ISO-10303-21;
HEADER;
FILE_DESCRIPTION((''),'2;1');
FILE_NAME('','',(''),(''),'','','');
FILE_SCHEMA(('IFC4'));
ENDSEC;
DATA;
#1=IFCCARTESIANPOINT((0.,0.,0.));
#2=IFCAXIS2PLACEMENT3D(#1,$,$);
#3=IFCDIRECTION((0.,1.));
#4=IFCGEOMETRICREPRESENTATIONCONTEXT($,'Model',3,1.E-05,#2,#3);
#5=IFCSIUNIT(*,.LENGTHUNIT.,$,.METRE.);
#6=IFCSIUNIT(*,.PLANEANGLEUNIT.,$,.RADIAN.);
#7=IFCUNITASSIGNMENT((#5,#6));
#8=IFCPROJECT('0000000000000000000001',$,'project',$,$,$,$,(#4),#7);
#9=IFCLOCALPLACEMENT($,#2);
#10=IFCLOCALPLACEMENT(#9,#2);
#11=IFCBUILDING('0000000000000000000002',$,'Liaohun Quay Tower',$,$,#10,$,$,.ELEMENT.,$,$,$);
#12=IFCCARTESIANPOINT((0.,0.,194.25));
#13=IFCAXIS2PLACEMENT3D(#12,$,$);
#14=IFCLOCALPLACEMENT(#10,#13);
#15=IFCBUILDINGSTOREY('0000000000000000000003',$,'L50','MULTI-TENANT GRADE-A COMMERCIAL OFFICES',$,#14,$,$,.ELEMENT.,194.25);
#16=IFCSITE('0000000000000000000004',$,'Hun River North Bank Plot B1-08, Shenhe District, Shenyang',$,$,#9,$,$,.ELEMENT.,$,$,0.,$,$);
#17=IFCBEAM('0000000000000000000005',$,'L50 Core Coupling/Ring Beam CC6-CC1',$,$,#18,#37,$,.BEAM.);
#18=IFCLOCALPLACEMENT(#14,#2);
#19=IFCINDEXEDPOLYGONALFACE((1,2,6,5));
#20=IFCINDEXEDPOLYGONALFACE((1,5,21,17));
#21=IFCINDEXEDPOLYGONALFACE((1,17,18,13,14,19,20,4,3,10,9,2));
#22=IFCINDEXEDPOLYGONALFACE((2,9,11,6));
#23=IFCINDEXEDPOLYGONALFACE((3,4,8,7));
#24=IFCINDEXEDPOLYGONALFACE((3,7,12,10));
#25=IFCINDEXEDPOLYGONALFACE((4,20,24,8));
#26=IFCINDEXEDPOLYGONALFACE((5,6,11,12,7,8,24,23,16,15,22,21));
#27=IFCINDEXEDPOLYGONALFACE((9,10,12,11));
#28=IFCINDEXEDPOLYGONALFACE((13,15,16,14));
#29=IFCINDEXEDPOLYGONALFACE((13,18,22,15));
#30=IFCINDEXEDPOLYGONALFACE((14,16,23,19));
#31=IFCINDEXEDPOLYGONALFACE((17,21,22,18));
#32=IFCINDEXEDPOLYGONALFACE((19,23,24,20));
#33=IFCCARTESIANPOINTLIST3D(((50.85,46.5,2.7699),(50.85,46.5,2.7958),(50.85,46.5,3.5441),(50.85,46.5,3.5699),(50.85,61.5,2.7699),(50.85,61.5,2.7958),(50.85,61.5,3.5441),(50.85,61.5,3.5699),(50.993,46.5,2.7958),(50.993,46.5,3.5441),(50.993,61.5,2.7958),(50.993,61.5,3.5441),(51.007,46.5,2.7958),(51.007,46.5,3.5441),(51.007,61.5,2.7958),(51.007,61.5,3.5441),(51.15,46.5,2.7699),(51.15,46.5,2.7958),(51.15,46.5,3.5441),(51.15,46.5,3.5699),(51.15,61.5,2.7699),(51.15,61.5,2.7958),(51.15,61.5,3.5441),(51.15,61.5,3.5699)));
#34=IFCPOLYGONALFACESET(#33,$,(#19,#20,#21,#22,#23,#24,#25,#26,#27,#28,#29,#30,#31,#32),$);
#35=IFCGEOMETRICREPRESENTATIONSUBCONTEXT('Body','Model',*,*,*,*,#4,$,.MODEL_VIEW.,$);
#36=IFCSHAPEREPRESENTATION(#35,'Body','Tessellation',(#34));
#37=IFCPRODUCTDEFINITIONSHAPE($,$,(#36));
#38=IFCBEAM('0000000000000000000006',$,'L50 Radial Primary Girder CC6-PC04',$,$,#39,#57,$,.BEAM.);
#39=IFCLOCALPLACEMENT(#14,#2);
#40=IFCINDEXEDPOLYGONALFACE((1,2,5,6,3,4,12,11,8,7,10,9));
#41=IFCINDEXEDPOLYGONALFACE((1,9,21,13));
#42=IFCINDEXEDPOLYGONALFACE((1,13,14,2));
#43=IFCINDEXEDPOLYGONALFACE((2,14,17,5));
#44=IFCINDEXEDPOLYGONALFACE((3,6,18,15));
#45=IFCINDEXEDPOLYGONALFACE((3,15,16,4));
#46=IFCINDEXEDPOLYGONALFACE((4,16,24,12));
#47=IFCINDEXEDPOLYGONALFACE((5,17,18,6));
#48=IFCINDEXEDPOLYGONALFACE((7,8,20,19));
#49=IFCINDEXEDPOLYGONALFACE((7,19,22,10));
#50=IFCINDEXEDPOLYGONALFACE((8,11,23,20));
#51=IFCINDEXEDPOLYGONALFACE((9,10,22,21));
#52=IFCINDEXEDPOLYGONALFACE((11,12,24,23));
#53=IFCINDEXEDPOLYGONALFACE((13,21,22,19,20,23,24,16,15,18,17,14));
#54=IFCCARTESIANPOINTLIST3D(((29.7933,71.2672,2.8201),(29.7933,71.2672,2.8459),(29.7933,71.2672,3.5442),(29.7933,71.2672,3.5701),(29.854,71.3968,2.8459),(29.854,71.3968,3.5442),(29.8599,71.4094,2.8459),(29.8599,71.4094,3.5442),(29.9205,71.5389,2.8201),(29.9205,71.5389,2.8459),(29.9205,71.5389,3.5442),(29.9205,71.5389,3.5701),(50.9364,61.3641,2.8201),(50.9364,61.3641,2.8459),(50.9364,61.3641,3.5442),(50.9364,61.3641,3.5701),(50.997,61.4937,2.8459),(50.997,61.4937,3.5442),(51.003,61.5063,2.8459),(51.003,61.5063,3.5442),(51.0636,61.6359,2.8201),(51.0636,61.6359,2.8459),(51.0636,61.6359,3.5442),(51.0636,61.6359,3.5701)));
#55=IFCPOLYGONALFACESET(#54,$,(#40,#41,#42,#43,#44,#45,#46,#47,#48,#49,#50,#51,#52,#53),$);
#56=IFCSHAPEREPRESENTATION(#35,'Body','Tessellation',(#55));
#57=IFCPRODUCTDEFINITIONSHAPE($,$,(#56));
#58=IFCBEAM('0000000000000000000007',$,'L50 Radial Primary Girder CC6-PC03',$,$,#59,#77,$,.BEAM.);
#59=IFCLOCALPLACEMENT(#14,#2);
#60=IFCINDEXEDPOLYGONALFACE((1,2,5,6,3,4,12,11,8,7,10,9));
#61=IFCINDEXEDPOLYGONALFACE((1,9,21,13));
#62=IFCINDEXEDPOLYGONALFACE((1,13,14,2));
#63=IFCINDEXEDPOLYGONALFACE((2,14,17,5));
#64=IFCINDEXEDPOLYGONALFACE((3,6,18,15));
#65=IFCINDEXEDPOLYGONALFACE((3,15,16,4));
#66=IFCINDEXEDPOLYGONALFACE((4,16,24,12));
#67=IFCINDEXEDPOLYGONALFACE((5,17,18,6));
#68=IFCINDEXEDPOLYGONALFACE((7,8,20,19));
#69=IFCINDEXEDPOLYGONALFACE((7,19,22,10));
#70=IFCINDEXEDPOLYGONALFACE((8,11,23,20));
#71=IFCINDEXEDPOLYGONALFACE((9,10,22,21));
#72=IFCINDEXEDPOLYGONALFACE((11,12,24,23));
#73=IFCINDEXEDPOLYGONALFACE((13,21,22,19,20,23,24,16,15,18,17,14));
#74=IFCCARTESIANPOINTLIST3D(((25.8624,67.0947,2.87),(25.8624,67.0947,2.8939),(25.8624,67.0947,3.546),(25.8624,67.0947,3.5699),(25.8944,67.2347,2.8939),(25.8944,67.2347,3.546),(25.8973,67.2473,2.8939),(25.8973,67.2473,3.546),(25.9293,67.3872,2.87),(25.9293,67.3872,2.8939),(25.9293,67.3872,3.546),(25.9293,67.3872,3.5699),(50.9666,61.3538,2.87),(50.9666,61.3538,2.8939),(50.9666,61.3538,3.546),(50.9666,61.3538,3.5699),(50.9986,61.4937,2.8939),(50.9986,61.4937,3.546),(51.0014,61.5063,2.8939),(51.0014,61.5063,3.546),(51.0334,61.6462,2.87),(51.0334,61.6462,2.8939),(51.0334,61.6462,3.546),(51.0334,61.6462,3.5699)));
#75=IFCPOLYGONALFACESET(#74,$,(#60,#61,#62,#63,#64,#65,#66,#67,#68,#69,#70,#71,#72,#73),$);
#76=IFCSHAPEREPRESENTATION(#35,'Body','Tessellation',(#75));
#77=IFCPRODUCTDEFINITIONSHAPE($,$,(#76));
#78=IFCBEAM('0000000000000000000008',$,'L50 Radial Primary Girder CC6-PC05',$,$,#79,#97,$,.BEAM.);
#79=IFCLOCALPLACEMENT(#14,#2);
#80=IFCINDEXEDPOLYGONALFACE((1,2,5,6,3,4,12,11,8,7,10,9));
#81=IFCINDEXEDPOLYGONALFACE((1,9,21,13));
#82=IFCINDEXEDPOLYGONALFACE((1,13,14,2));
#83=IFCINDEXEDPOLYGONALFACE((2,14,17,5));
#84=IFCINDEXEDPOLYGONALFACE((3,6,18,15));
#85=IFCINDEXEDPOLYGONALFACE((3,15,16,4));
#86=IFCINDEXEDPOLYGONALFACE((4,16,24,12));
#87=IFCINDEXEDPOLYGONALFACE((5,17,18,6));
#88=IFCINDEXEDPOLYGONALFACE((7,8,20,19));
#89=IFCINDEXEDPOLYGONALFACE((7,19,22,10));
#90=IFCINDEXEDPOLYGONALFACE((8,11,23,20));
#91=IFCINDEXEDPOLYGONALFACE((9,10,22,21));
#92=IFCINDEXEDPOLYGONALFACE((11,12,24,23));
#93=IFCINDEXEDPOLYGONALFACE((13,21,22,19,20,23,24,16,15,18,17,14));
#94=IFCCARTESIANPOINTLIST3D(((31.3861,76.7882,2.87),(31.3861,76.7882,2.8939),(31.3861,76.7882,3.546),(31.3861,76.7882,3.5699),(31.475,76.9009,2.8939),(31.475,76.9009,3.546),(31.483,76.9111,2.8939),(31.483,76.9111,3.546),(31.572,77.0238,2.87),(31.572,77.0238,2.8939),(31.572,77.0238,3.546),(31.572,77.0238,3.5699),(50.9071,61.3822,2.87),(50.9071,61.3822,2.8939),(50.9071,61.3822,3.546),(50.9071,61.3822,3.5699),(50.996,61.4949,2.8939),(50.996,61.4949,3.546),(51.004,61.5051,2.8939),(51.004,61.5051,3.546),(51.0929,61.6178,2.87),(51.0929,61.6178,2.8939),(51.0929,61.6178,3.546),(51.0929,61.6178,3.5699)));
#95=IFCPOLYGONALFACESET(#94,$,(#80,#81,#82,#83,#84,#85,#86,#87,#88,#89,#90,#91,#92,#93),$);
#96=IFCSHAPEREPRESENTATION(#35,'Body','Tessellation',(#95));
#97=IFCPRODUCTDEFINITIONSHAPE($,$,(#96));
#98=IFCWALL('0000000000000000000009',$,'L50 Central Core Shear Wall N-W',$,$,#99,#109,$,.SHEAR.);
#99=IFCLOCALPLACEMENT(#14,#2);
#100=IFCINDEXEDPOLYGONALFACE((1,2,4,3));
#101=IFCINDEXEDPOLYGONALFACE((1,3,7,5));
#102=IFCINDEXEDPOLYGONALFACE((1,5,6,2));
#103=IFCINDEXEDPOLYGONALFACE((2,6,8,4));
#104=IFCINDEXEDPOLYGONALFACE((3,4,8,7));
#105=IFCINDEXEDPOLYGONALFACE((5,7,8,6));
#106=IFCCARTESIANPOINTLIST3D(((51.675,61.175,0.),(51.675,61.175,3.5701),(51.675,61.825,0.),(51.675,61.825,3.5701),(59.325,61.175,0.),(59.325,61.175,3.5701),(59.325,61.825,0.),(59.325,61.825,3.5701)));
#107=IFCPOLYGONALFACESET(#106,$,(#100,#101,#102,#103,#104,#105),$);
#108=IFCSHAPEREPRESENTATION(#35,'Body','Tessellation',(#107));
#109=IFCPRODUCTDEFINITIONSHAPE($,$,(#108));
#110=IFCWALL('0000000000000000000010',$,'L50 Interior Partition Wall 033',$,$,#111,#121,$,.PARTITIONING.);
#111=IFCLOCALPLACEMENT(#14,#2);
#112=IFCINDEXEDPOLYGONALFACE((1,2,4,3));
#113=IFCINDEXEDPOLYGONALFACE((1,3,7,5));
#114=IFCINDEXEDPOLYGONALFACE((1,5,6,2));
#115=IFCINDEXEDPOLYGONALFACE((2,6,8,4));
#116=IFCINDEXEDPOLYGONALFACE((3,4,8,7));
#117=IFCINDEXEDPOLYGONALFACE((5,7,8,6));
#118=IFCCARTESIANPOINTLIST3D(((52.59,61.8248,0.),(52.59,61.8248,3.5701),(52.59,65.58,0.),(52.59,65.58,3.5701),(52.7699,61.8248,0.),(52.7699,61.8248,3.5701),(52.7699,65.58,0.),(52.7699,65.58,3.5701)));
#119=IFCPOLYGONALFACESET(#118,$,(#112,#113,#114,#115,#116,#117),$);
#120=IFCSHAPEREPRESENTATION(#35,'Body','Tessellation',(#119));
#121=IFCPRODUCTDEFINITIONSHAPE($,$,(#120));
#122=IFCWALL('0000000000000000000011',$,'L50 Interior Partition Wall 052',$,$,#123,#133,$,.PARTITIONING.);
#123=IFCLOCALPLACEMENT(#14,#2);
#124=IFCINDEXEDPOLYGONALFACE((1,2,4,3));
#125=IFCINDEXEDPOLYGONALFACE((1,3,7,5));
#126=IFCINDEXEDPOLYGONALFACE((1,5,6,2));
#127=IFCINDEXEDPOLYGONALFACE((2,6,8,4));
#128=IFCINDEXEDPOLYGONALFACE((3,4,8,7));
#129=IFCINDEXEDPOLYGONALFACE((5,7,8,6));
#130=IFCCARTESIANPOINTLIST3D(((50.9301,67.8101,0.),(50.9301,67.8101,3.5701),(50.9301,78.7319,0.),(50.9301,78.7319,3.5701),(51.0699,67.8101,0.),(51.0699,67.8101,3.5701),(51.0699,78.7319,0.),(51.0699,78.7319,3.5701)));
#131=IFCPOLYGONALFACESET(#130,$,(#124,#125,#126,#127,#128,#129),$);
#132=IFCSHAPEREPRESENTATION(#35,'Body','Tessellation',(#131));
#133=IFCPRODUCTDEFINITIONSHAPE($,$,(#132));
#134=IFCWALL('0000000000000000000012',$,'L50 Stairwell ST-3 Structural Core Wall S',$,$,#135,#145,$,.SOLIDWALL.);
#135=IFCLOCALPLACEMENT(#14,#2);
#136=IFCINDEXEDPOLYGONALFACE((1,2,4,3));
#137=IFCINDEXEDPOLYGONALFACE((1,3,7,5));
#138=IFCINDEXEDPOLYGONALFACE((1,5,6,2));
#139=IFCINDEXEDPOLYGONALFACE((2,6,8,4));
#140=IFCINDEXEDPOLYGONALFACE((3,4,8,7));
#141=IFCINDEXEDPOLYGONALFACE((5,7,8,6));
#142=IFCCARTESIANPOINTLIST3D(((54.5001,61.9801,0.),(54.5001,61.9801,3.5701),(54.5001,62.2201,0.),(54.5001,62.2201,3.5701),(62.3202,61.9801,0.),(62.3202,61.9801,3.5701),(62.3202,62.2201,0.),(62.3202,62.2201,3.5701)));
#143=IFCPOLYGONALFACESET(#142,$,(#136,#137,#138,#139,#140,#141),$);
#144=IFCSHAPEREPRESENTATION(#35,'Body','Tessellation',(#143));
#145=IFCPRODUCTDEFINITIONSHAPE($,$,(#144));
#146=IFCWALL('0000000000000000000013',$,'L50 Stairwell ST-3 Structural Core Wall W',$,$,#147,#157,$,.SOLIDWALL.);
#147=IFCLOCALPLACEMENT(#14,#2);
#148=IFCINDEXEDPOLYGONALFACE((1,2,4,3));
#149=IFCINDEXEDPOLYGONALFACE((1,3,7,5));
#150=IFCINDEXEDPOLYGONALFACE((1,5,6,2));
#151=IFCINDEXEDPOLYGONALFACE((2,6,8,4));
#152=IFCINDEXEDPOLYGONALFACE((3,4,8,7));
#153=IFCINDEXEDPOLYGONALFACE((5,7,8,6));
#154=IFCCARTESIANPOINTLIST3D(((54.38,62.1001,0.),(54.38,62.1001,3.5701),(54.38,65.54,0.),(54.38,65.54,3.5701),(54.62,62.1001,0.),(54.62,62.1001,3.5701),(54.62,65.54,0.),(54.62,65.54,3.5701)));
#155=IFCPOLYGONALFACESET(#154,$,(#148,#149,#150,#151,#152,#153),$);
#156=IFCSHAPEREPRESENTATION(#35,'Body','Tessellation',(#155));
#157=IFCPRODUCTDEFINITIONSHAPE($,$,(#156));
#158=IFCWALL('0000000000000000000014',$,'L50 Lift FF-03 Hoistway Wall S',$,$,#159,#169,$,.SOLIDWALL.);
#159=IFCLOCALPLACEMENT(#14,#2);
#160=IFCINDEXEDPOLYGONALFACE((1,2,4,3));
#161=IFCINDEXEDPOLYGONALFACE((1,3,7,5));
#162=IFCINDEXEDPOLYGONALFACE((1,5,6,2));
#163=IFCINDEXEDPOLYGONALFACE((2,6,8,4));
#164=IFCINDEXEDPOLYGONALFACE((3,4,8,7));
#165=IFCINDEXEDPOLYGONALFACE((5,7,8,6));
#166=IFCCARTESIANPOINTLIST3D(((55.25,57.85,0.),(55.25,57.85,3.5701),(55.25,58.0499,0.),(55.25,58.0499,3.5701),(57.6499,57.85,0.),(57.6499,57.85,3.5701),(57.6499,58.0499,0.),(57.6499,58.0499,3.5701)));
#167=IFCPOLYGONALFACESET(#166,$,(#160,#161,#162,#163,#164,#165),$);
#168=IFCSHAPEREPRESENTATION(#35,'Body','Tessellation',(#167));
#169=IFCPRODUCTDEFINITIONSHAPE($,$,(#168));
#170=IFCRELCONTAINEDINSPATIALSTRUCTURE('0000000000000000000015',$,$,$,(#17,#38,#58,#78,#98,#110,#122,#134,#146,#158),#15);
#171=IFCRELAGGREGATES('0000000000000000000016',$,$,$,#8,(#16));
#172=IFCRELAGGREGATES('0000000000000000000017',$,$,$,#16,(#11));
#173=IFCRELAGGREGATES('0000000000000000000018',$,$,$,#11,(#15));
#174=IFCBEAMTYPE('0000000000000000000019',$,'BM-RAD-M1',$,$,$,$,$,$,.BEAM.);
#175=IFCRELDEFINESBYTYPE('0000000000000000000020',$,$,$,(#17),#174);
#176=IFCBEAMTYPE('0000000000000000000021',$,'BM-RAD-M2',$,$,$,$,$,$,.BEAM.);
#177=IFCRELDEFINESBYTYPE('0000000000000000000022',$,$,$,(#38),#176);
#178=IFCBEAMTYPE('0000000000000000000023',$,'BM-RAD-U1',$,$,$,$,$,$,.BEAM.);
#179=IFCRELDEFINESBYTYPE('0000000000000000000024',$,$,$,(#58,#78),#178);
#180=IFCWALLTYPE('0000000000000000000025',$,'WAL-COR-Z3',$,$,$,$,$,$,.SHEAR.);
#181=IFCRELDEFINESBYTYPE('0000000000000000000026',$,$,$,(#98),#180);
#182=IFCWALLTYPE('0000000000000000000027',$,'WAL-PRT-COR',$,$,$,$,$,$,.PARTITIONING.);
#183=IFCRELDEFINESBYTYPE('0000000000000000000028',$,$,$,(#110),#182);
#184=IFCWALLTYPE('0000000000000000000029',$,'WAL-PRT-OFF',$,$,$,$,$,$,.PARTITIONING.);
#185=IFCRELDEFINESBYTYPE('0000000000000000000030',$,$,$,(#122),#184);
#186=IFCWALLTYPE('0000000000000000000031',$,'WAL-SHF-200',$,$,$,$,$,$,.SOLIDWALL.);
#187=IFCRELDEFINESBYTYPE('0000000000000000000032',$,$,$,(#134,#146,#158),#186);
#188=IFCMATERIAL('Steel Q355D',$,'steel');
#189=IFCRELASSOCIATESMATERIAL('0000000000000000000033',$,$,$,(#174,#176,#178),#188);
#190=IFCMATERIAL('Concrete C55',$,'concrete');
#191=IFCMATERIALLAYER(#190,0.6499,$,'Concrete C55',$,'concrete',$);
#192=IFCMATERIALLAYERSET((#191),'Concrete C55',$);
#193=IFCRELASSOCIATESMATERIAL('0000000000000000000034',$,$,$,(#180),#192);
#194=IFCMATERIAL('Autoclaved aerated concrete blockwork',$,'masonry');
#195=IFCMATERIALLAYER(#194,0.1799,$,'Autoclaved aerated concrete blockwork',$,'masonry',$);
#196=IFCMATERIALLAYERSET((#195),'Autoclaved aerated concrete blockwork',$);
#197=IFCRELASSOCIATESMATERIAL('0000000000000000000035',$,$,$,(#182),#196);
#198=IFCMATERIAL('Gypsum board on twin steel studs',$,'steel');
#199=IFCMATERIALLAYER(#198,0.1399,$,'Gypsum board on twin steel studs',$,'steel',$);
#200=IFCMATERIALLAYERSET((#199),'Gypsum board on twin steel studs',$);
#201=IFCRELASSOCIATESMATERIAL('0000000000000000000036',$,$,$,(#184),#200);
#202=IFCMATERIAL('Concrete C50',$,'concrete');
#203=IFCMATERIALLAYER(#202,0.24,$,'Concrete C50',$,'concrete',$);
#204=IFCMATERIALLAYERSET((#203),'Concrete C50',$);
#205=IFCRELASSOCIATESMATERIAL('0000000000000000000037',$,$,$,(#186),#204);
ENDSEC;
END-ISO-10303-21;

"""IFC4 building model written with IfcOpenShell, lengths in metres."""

from ifc_helpers import new_model, si_unit, direction, frame, frame_2d, origin, origin_2d, place, context, subcontext, project, spatial, rectangle, i_section, extrude, source, transform, mapped, material, layer, layer_set, material_profile, profile_set, type_object, element, save


model = new_model("IFC4")

# Units and contexts
model_context = context("Model", 3, precision=1e-05, world=origin(), true_north=direction((0.0, 1.0)))
body_context = subcontext(model_context, "Body", "Model", "MODEL_VIEW")
ifc_project = project(units=[si_unit("LENGTHUNIT", "METRE"), si_unit("PLANEANGLEUNIT", "RADIAN")], contexts=[model_context])

# Site, building, storey
site_placement = place(None, origin())
site = spatial("IfcSite", under=ifc_project, at=site_placement, Name="Hun River North Bank Plot B1-08, Shenhe District, Shenyang", CompositionType="ELEMENT", RefElevation=0.0)
building_placement = place(site_placement, origin())
building = spatial("IfcBuilding", under=site, at=building_placement, Name="Liaohun Quay Tower", CompositionType="ELEMENT")
storey_placement = place(building_placement, frame((0.0, 0.0, 194.25)))
storey = spatial("IfcBuildingStorey", under=building, at=storey_placement, Name="L50", Description="MULTI-TENANT GRADE-A COMMERCIAL OFFICES", CompositionType="ELEMENT", Elevation=194.25)

# Beams
ifc_material_1 = material(Name="Steel Q355D", Category="steel")
ifc_material_profile_1 = material_profile(ifc_material_1, i_section(OverallWidth=0.3, OverallDepth=0.8, WebThickness=0.0139, FlangeThickness=0.0259, at=origin_2d()), Name="HN800x300x14x26")
ifc_profile_set_1 = profile_set([ifc_material_profile_1], Name="Steel Q355D")
beam_type_1 = type_object("IfcBeamType", Name="BM-RAD-M1", PredefinedType="BEAM", material=ifc_profile_set_1)
shared_shape_1 = source(origin(), body_context, "Body", "SweptSolid", [
    extrude(i_section(OverallWidth=0.3, OverallDepth=0.8, WebThickness=0.0139, FlangeThickness=0.0259, at=origin_2d()), origin(), (0.0, 0.0, 1.0), 15.0),
])
beam_1_placement = place(storey_placement, frame((51.0, 61.5, 3.1699), z_axis=(0.0, -1.0, 0.0), x_axis=(1.0, 0.0, 0.0)))
element("IfcBeam", 1, at=beam_1_placement, inside=storey, type_object=beam_type_1, Name="L50 Core Coupling/Ring Beam CC6-CC1", PredefinedType="BEAM", context=body_context, shape_type="MappedRepresentation", body=[
    mapped(shared_shape_1, transform((0.0, 0.0, 0.0), x_axis=(1.0, 0.0, 0.0), y_axis=(0.0, 1.0, 0.0), z_axis=(0.0, 0.0, 1.0), scale=1.0)),
])
ifc_material_profile_2 = material_profile(ifc_material_1, i_section(OverallWidth=0.3, OverallDepth=0.75, WebThickness=0.0139, FlangeThickness=0.0259, at=origin_2d()), Name="HN750x300x14x26")
ifc_profile_set_2 = profile_set([ifc_material_profile_2], Name="Steel Q355D")
beam_type_2 = type_object("IfcBeamType", Name="BM-RAD-M2", PredefinedType="BEAM", material=ifc_profile_set_2)
shared_shape_2 = source(origin(), body_context, "Body", "SweptSolid", [
    extrude(i_section(OverallWidth=0.3, OverallDepth=0.75, WebThickness=0.0139, FlangeThickness=0.0259, at=origin_2d()), origin(), (0.0, 0.0, 1.0), 23.3474),
])
beam_2_placement = place(storey_placement, frame((51.0, 61.5, 3.1951), z_axis=(-0.905586, 0.424162, 0.0), x_axis=(-0.424162, -0.905586, 0.0)))
element("IfcBeam", 2, at=beam_2_placement, inside=storey, type_object=beam_type_2, Name="L50 Radial Primary Girder CC6-PC04", PredefinedType="BEAM", context=body_context, shape_type="MappedRepresentation", body=[
    mapped(shared_shape_2, transform((0.0, 0.0, 0.0), x_axis=(1.0, 0.0, 0.0), y_axis=(0.0, 1.0, 0.0), z_axis=(0.0, 0.0, 1.0), scale=1.0)),
])
ifc_material_profile_3 = material_profile(ifc_material_1, i_section(OverallWidth=0.3, OverallDepth=0.7, WebThickness=0.0129, FlangeThickness=0.0239, at=origin_2d()), Name="HN700x300x13x24")
ifc_profile_set_3 = profile_set([ifc_material_profile_3], Name="Steel Q355D")
beam_type_3 = type_object("IfcBeamType", Name="BM-RAD-U1", PredefinedType="BEAM", material=ifc_profile_set_3)
shared_shape_3 = source(origin(), body_context, "Body", "SweptSolid", [
    extrude(i_section(OverallWidth=0.3, OverallDepth=0.7, WebThickness=0.0129, FlangeThickness=0.0239, at=origin_2d()), origin(), (0.0, 0.0, 1.0), 25.7522),
])
beam_3_placement = place(storey_placement, frame((51.0, 61.5, 3.22), z_axis=(-0.974834, 0.222932, 0.0), x_axis=(-0.222932, -0.974834, 0.0)))
element("IfcBeam", 3, at=beam_3_placement, inside=storey, type_object=beam_type_3, Name="L50 Radial Primary Girder CC6-PC03", PredefinedType="BEAM", context=body_context, shape_type="MappedRepresentation", body=[
    mapped(shared_shape_3, transform((0.0, 0.0, 0.0), x_axis=(1.0, 0.0, 0.0), y_axis=(0.0, 1.0, 0.0), z_axis=(0.0, 0.0, 1.0), scale=1.0)),
])
shared_shape_4 = source(origin(), body_context, "Body", "SweptSolid", [
    extrude(i_section(OverallWidth=0.3, OverallDepth=0.7, WebThickness=0.0129, FlangeThickness=0.0239, at=origin_2d()), origin(), (0.0, 0.0, 1.0), 24.8679),
])
beam_4_placement = place(storey_placement, frame((51.0, 61.5, 3.22), z_axis=(-0.784987, 0.619513, 0.0), x_axis=(-0.619513, -0.784987, 0.0)))
element("IfcBeam", 4, at=beam_4_placement, inside=storey, type_object=beam_type_3, Name="L50 Radial Primary Girder CC6-PC05", PredefinedType="BEAM", context=body_context, shape_type="MappedRepresentation", body=[
    mapped(shared_shape_4, transform((0.0, 0.0, 0.0), x_axis=(1.0, 0.0, 0.0), y_axis=(0.0, 1.0, 0.0), z_axis=(0.0, 0.0, 1.0), scale=1.0)),
])

# Walls
ifc_material_2 = material(Name="Concrete C55", Category="concrete")
ifc_layer_1 = layer(ifc_material_2, 0.6499, Name="Concrete C55", Category="concrete")
ifc_layer_set_1 = layer_set([ifc_layer_1], Name="Concrete C55")
wall_type_1 = type_object("IfcWallType", Name="WAL-COR-Z3", PredefinedType="SHEAR", material=ifc_layer_set_1)
wall_1_placement = place(storey_placement, frame((51.675, 61.5, 0.0), z_axis=(0.0, 0.0, 1.0), x_axis=(1.0, 0.0, 0.0)))
element("IfcWall", 5, at=wall_1_placement, inside=storey, type_object=wall_type_1, Name="L50 Central Core Shear Wall N-W", PredefinedType="SHEAR", context=body_context, shape_type="SweptSolid", body=[
    extrude(rectangle(XDim=7.6499, YDim=0.6499, at=frame_2d((3.825, 0.0))), origin(), (0.0, 0.0, 1.0), 3.5701),
])
ifc_material_3 = material(Name="Autoclaved aerated concrete blockwork", Category="masonry")
ifc_layer_2 = layer(ifc_material_3, 0.1799, Name="Autoclaved aerated concrete blockwork", Category="masonry")
ifc_layer_set_2 = layer_set([ifc_layer_2], Name="Autoclaved aerated concrete blockwork")
wall_type_2 = type_object("IfcWallType", Name="WAL-PRT-COR", PredefinedType="PARTITIONING", material=ifc_layer_set_2)
wall_2_placement = place(storey_placement, frame((52.6799, 61.825, 0.0), z_axis=(0.0, 0.0, 1.0), x_axis=(0.0, 1.0, 0.0)))
element("IfcWall", 6, at=wall_2_placement, inside=storey, type_object=wall_type_2, Name="L50 Interior Partition Wall 033", PredefinedType="PARTITIONING", context=body_context, shape_type="SweptSolid", body=[
    extrude(rectangle(XDim=3.7551, YDim=0.1799, at=frame_2d((1.8774, 0.0))), origin(), (0.0, 0.0, 1.0), 3.5701),
])
ifc_material_4 = material(Name="Gypsum board on twin steel studs", Category="steel")
ifc_layer_3 = layer(ifc_material_4, 0.1399, Name="Gypsum board on twin steel studs", Category="steel")
ifc_layer_set_3 = layer_set([ifc_layer_3], Name="Gypsum board on twin steel studs")
wall_type_3 = type_object("IfcWallType", Name="WAL-PRT-OFF", PredefinedType="PARTITIONING", material=ifc_layer_set_3)
wall_3_placement = place(storey_placement, frame((51.0, 67.8101, 0.0), z_axis=(0.0, 0.0, 1.0), x_axis=(0.0, 1.0, 0.0)))
element("IfcWall", 7, at=wall_3_placement, inside=storey, type_object=wall_type_3, Name="L50 Interior Partition Wall 052", PredefinedType="PARTITIONING", context=body_context, shape_type="SweptSolid", body=[
    extrude(rectangle(XDim=10.9219, YDim=0.1399, at=frame_2d((5.4609, 0.0))), origin(), (0.0, 0.0, 1.0), 3.5701),
])
ifc_material_5 = material(Name="Concrete C50", Category="concrete")
ifc_layer_4 = layer(ifc_material_5, 0.24, Name="Concrete C50", Category="concrete")
ifc_layer_set_4 = layer_set([ifc_layer_4], Name="Concrete C50")
wall_type_4 = type_object("IfcWallType", Name="WAL-SHF-200", PredefinedType="SOLIDWALL", material=ifc_layer_set_4)
wall_4_placement = place(storey_placement, frame((54.5, 62.1001, 0.0), z_axis=(0.0, 0.0, 1.0), x_axis=(1.0, 0.0, 0.0)))
element("IfcWall", 8, at=wall_4_placement, inside=storey, type_object=wall_type_4, Name="L50 Stairwell ST-3 Structural Core Wall S", PredefinedType="SOLIDWALL", context=body_context, shape_type="SweptSolid", body=[
    extrude(rectangle(XDim=7.8201, YDim=0.24, at=frame_2d((3.9102, 0.0))), origin(), (0.0, 0.0, 1.0), 3.5701),
])
wall_5_placement = place(storey_placement, frame((54.5, 65.54, 0.0), z_axis=(0.0, 0.0, 1.0), x_axis=(0.0, -1.0, 0.0)))
element("IfcWall", 9, at=wall_5_placement, inside=storey, type_object=wall_type_4, Name="L50 Stairwell ST-3 Structural Core Wall W", PredefinedType="SOLIDWALL", context=body_context, shape_type="SweptSolid", body=[
    extrude(rectangle(XDim=3.4399, YDim=0.24, at=frame_2d((1.72, 0.0))), origin(), (0.0, 0.0, 1.0), 3.5701),
])
wall_6_placement = place(storey_placement, frame((55.25, 57.95, 0.0), z_axis=(0.0, 0.0, 1.0), x_axis=(1.0, 0.0, 0.0)))
element("IfcWall", 10, at=wall_6_placement, inside=storey, type_object=wall_type_4, Name="L50 Lift FF-03 Hoistway Wall S", PredefinedType="SOLIDWALL", context=body_context, shape_type="SweptSolid", body=[
    extrude(rectangle(XDim=2.3999, YDim=0.2, at=frame_2d((1.2, 0.0))), origin(), (0.0, 0.0, 1.0), 3.5701),
])

save(model, "model.ifc")
